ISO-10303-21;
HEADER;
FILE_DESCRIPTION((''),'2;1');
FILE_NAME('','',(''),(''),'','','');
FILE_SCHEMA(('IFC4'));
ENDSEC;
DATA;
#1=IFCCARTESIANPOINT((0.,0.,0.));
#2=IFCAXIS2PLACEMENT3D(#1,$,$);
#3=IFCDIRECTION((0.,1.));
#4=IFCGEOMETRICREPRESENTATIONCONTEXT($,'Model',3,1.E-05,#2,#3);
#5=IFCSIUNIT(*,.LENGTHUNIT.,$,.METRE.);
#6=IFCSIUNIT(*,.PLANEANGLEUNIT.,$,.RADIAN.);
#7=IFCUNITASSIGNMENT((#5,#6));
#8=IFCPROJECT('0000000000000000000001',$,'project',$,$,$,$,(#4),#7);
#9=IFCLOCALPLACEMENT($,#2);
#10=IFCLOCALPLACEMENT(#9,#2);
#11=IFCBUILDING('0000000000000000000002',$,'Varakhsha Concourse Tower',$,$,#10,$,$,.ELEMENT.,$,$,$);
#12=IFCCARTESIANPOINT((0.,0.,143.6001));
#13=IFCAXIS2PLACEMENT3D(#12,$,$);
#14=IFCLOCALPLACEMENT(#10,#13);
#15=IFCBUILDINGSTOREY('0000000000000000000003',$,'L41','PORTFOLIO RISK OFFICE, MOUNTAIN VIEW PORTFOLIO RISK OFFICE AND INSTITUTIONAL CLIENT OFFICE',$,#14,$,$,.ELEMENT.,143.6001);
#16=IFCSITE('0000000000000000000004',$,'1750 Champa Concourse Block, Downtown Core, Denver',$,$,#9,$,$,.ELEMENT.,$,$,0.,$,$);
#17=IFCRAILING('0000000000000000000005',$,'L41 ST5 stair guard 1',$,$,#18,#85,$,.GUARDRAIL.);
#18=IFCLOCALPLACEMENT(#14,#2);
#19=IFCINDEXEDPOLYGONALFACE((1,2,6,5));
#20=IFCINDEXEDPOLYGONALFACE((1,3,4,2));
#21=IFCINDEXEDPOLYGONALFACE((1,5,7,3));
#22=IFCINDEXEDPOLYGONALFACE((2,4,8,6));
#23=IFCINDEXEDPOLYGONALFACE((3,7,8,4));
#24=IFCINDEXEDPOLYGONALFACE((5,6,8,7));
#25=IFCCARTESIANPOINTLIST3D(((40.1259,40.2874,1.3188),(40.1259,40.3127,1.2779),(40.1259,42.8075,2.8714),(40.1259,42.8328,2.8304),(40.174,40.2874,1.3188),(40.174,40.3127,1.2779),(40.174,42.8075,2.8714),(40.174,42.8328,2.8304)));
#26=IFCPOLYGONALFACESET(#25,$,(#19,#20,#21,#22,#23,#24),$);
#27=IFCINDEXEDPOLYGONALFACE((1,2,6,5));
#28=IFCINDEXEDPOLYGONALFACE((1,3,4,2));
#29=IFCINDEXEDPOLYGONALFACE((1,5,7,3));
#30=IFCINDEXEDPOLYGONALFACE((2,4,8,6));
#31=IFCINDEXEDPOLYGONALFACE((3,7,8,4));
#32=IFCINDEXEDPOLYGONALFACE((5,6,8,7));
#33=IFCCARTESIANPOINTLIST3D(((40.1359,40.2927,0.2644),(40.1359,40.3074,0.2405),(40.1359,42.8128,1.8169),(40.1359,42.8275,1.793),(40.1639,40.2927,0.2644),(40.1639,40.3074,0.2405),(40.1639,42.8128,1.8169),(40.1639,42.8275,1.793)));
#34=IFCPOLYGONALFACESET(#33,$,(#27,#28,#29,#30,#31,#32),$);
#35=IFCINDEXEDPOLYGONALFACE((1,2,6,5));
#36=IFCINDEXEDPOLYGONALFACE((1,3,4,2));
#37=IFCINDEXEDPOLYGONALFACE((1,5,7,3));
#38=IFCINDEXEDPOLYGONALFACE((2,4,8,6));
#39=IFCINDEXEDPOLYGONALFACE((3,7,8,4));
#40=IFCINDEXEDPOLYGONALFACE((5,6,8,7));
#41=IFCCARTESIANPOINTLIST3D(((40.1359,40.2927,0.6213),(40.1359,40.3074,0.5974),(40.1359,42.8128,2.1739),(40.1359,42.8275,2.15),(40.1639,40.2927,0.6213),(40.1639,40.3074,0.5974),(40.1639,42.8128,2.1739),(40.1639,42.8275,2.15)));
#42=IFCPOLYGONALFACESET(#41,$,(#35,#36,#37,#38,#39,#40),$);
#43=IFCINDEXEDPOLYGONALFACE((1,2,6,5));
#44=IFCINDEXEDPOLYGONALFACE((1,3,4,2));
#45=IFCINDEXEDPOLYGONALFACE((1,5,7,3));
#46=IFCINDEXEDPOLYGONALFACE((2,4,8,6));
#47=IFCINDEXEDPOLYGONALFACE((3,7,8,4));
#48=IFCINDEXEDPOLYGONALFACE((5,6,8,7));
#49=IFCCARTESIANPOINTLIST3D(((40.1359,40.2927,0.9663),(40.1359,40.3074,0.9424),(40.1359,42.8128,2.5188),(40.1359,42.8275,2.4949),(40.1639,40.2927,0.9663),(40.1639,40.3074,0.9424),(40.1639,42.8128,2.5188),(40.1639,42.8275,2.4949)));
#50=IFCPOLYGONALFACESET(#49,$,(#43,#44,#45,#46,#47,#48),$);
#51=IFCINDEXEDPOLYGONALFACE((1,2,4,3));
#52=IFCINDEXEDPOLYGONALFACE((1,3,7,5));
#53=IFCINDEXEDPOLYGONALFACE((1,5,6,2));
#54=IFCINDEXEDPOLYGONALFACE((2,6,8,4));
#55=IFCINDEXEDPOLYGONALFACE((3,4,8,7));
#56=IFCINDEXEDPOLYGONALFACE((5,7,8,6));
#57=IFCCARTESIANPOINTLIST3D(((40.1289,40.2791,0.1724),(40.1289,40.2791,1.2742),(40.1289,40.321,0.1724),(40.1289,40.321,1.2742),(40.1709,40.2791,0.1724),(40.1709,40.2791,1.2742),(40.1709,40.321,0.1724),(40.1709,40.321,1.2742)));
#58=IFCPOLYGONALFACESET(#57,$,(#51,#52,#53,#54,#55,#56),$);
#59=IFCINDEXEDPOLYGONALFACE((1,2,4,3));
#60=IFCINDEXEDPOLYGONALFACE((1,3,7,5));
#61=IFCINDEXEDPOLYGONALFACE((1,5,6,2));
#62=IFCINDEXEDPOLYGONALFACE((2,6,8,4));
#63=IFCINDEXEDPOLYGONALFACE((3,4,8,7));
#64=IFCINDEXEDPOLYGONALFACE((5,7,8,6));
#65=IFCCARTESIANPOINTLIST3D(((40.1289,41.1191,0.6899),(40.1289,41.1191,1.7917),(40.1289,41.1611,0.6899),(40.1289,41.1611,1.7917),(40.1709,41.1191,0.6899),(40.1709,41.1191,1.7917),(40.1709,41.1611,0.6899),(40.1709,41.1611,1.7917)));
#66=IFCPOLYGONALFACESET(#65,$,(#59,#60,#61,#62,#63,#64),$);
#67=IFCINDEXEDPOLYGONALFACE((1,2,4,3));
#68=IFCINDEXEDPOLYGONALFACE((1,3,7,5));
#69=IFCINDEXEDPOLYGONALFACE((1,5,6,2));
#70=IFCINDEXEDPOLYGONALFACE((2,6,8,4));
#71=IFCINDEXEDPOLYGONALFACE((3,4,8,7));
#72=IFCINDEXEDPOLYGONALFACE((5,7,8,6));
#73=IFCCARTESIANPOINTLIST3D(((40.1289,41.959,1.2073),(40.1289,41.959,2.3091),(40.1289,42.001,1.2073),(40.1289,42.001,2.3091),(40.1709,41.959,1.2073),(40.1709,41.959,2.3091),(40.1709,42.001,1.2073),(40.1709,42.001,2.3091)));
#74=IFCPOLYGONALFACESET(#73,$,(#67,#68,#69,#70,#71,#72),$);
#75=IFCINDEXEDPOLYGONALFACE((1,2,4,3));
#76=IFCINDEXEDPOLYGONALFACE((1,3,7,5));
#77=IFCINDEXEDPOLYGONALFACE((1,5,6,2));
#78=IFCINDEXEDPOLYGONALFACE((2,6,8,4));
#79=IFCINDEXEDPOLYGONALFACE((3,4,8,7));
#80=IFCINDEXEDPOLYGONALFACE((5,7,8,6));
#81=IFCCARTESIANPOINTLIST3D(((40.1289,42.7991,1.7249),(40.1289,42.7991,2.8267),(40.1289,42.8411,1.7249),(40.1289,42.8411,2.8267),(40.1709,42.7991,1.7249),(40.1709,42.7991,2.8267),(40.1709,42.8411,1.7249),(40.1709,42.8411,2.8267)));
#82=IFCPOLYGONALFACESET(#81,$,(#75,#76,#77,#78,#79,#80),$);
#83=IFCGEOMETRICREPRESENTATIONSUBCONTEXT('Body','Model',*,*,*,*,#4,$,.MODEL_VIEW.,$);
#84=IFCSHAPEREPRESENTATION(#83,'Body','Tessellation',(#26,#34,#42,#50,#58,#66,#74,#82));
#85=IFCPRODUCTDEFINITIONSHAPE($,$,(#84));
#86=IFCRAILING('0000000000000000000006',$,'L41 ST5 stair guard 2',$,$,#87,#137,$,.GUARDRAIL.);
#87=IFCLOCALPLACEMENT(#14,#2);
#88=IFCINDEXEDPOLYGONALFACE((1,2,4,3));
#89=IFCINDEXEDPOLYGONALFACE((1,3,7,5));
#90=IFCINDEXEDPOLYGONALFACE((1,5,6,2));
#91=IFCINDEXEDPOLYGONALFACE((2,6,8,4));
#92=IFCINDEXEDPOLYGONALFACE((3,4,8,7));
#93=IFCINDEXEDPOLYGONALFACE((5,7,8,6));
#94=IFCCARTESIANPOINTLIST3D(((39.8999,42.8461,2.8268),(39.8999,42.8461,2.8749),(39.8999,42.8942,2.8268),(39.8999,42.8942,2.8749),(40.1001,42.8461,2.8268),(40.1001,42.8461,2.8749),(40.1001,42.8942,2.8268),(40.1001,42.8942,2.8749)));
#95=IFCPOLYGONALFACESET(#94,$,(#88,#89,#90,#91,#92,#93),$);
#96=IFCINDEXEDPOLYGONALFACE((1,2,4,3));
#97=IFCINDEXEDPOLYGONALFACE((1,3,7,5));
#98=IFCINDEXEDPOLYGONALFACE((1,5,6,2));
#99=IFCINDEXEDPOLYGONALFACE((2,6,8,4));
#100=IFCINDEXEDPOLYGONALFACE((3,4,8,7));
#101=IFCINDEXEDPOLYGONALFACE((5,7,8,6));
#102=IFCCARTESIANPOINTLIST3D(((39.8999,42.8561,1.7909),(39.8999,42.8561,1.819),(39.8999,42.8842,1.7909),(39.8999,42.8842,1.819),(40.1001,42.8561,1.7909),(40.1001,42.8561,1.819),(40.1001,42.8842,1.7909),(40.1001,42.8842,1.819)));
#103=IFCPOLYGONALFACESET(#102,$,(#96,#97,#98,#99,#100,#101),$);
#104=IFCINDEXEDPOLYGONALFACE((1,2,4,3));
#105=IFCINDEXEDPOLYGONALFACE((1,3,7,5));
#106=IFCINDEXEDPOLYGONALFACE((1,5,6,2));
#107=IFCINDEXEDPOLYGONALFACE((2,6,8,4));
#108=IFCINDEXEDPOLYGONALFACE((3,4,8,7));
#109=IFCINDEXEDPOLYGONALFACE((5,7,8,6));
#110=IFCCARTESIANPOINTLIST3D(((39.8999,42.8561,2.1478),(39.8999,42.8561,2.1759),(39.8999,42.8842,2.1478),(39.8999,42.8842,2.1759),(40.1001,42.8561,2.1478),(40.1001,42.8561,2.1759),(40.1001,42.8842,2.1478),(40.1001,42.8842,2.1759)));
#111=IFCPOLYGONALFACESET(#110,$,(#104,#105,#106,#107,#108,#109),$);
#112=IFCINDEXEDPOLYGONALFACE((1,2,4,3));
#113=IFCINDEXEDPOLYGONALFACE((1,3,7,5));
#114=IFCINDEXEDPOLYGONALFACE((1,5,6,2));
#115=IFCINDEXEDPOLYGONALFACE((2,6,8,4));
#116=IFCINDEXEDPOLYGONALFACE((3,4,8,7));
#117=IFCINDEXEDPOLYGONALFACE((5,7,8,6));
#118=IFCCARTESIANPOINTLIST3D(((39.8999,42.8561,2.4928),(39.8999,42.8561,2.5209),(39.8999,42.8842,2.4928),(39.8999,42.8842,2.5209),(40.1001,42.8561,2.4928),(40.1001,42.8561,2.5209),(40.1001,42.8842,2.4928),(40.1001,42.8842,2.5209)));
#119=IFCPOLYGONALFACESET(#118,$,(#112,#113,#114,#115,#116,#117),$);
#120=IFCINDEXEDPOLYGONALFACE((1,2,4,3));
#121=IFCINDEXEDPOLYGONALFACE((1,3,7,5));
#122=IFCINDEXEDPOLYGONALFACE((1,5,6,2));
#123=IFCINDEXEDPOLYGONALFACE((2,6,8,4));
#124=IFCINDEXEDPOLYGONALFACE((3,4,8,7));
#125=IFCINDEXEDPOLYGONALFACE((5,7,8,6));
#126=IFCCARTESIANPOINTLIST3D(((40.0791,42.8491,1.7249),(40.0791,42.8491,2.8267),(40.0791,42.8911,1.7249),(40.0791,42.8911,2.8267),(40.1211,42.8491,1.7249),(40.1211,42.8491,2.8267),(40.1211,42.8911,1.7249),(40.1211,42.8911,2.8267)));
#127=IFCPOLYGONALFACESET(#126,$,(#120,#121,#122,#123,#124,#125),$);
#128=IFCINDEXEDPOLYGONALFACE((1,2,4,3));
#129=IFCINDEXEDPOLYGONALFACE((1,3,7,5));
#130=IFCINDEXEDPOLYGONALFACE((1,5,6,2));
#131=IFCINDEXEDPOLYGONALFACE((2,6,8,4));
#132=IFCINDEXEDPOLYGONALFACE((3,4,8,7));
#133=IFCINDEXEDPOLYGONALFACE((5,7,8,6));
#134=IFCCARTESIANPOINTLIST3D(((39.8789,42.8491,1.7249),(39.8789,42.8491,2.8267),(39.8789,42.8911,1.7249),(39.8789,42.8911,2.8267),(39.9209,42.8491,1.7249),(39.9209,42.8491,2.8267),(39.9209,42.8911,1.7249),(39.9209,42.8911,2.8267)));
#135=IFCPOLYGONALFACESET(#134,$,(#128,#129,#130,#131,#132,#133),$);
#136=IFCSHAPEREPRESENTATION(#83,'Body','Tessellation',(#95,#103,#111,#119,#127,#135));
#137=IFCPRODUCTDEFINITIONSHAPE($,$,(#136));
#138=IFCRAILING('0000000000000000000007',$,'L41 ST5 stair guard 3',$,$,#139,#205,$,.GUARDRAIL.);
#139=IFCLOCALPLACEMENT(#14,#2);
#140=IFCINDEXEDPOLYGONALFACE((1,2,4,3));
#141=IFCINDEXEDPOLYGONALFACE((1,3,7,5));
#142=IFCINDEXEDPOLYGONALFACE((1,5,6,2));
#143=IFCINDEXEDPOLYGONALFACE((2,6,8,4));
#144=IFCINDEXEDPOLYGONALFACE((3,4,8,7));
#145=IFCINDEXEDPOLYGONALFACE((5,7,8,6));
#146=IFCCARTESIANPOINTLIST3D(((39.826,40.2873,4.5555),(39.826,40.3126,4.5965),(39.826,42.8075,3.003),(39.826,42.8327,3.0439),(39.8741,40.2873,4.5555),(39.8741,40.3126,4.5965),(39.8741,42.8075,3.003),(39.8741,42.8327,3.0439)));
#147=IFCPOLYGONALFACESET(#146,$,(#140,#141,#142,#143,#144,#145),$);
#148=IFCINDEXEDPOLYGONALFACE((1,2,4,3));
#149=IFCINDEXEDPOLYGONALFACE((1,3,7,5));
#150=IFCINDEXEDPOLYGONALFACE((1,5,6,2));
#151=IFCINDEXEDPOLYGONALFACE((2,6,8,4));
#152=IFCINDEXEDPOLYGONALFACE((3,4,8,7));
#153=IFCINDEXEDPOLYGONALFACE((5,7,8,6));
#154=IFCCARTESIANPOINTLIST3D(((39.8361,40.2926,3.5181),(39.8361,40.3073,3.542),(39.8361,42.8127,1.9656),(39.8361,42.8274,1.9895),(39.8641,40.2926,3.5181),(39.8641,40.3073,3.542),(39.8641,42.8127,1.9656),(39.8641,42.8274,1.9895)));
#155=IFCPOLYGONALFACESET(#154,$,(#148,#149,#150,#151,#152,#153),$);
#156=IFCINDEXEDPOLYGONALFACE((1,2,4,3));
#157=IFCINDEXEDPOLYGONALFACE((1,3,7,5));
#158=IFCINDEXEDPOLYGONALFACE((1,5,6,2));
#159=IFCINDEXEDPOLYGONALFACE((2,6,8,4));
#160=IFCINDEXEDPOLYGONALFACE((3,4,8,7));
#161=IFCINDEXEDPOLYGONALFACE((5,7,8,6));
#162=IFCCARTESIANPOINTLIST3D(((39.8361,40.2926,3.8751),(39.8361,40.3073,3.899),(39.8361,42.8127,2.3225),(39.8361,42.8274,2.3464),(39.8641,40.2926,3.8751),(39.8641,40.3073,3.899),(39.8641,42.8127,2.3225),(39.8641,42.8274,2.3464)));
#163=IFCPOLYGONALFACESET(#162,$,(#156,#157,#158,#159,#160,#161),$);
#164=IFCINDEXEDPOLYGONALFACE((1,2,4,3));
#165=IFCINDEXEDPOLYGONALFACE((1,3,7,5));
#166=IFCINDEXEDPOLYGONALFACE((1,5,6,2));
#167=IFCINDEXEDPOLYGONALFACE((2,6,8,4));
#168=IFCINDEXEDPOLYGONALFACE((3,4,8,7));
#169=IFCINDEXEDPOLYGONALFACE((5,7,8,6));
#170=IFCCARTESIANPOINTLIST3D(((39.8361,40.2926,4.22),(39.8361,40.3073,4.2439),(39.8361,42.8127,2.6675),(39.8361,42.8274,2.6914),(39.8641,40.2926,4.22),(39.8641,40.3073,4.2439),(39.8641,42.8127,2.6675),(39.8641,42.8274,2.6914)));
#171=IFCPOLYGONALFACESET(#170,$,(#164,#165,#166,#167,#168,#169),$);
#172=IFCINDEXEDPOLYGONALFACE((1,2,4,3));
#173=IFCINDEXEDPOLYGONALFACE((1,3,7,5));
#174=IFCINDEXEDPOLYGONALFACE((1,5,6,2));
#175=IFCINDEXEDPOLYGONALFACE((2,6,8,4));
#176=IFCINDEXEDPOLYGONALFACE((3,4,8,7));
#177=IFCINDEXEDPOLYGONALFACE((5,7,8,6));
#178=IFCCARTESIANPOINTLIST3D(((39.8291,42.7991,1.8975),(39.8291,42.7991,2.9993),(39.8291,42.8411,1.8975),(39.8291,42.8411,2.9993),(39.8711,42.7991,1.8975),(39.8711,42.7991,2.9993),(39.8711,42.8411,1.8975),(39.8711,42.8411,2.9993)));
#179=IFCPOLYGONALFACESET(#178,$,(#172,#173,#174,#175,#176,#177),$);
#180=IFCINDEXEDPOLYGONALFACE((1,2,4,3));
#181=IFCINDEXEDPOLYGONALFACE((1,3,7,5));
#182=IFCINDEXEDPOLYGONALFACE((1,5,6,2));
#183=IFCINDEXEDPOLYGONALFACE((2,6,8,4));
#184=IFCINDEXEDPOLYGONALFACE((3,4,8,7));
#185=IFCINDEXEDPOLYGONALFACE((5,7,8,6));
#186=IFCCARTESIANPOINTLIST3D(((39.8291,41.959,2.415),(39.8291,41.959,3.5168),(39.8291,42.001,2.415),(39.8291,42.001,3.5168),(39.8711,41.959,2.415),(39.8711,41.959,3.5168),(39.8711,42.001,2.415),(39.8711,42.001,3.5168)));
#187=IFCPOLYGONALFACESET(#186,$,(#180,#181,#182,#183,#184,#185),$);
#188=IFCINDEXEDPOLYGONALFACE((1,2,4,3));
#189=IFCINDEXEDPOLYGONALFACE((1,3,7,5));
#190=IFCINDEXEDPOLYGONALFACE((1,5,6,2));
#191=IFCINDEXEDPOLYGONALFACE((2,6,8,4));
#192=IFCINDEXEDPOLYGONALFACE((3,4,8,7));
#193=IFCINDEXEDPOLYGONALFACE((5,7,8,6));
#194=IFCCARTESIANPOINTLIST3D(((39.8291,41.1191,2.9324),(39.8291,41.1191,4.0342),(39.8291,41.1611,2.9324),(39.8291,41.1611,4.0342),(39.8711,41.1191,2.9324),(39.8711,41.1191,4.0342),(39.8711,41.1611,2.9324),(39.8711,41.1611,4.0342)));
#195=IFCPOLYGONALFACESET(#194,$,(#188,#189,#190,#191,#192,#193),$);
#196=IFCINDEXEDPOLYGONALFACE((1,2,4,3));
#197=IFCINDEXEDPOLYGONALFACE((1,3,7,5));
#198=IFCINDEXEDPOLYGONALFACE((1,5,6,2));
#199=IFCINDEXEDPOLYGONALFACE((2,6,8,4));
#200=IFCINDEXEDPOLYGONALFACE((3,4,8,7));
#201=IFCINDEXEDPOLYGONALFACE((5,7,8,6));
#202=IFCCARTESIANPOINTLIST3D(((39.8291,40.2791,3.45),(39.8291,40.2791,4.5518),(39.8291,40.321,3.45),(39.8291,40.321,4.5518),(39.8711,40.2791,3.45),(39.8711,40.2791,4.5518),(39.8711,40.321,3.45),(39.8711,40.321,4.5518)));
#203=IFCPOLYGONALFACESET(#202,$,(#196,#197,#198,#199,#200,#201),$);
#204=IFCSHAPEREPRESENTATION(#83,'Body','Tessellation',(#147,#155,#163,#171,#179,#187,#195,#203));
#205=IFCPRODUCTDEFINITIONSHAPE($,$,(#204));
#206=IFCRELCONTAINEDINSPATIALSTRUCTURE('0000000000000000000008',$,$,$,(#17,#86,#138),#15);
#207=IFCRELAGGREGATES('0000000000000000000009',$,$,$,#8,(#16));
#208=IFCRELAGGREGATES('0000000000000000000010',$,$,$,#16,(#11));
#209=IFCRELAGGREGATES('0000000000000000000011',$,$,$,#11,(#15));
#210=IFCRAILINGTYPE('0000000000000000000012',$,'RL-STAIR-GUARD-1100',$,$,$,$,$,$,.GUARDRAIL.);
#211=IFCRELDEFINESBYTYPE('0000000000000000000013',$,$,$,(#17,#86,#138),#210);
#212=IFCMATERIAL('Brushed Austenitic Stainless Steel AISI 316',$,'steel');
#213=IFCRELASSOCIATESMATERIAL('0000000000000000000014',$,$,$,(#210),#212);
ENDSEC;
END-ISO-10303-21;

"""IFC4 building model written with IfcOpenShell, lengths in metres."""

from ifc_helpers import new_model, si_unit, direction, frame, origin, origin_2d, place, context, subcontext, project, spatial, rectangle, extrude, material, type_object, element, save


model = new_model("IFC4")

# Units and contexts
model_context = context("Model", 3, precision=1e-05, world=origin(), true_north=direction((0.0, 1.0)))
body_context = subcontext(model_context, "Body", "Model", "MODEL_VIEW")
ifc_project = project(units=[si_unit("LENGTHUNIT", "METRE"), si_unit("PLANEANGLEUNIT", "RADIAN")], contexts=[model_context])

# Site, building, storey
site_placement = place(None, origin())
site = spatial("IfcSite", under=ifc_project, at=site_placement, Name="1750 Champa Concourse Block, Downtown Core, Denver", CompositionType="ELEMENT", RefElevation=0.0)
building_placement = place(site_placement, origin())
building = spatial("IfcBuilding", under=site, at=building_placement, Name="Varakhsha Concourse Tower", CompositionType="ELEMENT")
storey_placement = place(building_placement, frame((0.0, 0.0, 143.6001)))
storey = spatial("IfcBuildingStorey", under=building, at=storey_placement, Name="L41", Description="PORTFOLIO RISK OFFICE, MOUNTAIN VIEW PORTFOLIO RISK OFFICE AND INSTITUTIONAL CLIENT OFFICE", CompositionType="ELEMENT", Elevation=143.6001)

# Railings
ifc_material_1 = material(Name="Brushed Austenitic Stainless Steel AISI 316", Category="steel")
railing_type_1 = type_object("IfcRailingType", Name="RL-STAIR-GUARD-1100", PredefinedType="GUARDRAIL", material=ifc_material_1)
railing_1_placement = place(storey_placement, frame((40.1499, 40.3, 0.1724)))
element("IfcRailing", 1, at=railing_1_placement, inside=storey, type_object=railing_type_1, Name="L41 ST5 stair guard 1", PredefinedType="GUARDRAIL", context=body_context, shape_type="SweptSolid", body=[
    extrude(rectangle(XDim=0.0481, YDim=0.0481, at=origin_2d()), frame((0.0, 0.0, 1.126), z_axis=(0.0, 0.8514, 0.524516), x_axis=(-1.0, 0.0, 0.0)), (0.0, 0.0, 1.0), 2.96),
    extrude(rectangle(XDim=0.0281, YDim=0.0281, at=origin_2d()), frame((0.0, 0.0, 0.0801), z_axis=(0.0, 0.8514, 0.524516), x_axis=(-1.0, 0.0, 0.0)), (0.0, 0.0, 1.0), 2.96),
    extrude(rectangle(XDim=0.0281, YDim=0.0281, at=origin_2d()), frame((0.0, 0.0, 0.437), z_axis=(0.0, 0.8514, 0.524516), x_axis=(-1.0, 0.0, 0.0)), (0.0, 0.0, 1.0), 2.96),
    extrude(rectangle(XDim=0.0281, YDim=0.0281, at=origin_2d()), frame((0.0, 0.0, 0.782), z_axis=(0.0, 0.8514, 0.524516), x_axis=(-1.0, 0.0, 0.0)), (0.0, 0.0, 1.0), 2.96),
    extrude(rectangle(XDim=0.042, YDim=0.042, at=origin_2d()), origin(), (0.0, 0.0, 1.0), 1.1018),
    extrude(rectangle(XDim=0.042, YDim=0.042, at=origin_2d()), frame((0.0, 0.8401, 0.5176)), (0.0, 0.0, 1.0), 1.1018),
    extrude(rectangle(XDim=0.042, YDim=0.042, at=origin_2d()), frame((0.0, 1.6799, 1.0349)), (0.0, 0.0, 1.0), 1.1018),
    extrude(rectangle(XDim=0.042, YDim=0.042, at=origin_2d()), frame((0.0, 2.52, 1.5525)), (0.0, 0.0, 1.0), 1.1018),
])
railing_2_placement = place(storey_placement, frame((40.1001, 42.8701, 1.7249)))
element("IfcRailing", 2, at=railing_2_placement, inside=storey, type_object=railing_type_1, Name="L41 ST5 stair guard 2", PredefinedType="GUARDRAIL", context=body_context, shape_type="SweptSolid", body=[
    extrude(rectangle(XDim=0.0481, YDim=0.0481, at=origin_2d()), frame((0.0, 0.0, 1.126), z_axis=(-1.0, 0.0, 0.0), x_axis=(0.0, -1.0, 0.0)), (0.0, 0.0, 1.0), 0.2002),
    extrude(rectangle(XDim=0.0281, YDim=0.0281, at=origin_2d()), frame((0.0, 0.0, 0.0801), z_axis=(-1.0, 0.0, 0.0), x_axis=(0.0, -1.0, 0.0)), (0.0, 0.0, 1.0), 0.2002),
    extrude(rectangle(XDim=0.0281, YDim=0.0281, at=origin_2d()), frame((0.0, 0.0, 0.437), z_axis=(-1.0, 0.0, 0.0), x_axis=(0.0, -1.0, 0.0)), (0.0, 0.0, 1.0), 0.2002),
    extrude(rectangle(XDim=0.0281, YDim=0.0281, at=origin_2d()), frame((0.0, 0.0, 0.782), z_axis=(-1.0, 0.0, 0.0), x_axis=(0.0, -1.0, 0.0)), (0.0, 0.0, 1.0), 0.2002),
    extrude(rectangle(XDim=0.042, YDim=0.042, at=origin_2d()), origin(), (0.0, 0.0, 1.0), 1.1018),
    extrude(rectangle(XDim=0.042, YDim=0.042, at=origin_2d()), frame((-0.2002, 0.0, 0.0)), (0.0, 0.0, 1.0), 1.1018),
])
railing_3_placement = place(storey_placement, frame((39.8501, 42.8201, 1.8975)))
element("IfcRailing", 3, at=railing_3_placement, inside=storey, type_object=railing_type_1, Name="L41 ST5 stair guard 3", PredefinedType="GUARDRAIL", context=body_context, shape_type="SweptSolid", body=[
    extrude(rectangle(XDim=0.0481, YDim=0.0481, at=origin_2d()), frame((0.0, 0.0, 1.126), z_axis=(0.0, -0.8514, 0.524516), x_axis=(1.0, 0.0, 0.0)), (0.0, 0.0, 1.0), 2.96),
    extrude(rectangle(XDim=0.0281, YDim=0.0281, at=origin_2d()), frame((0.0, 0.0, 0.0801), z_axis=(0.0, -0.8514, 0.524516), x_axis=(1.0, 0.0, 0.0)), (0.0, 0.0, 1.0), 2.96),
    extrude(rectangle(XDim=0.0281, YDim=0.0281, at=origin_2d()), frame((0.0, 0.0, 0.437), z_axis=(0.0, -0.8514, 0.524516), x_axis=(1.0, 0.0, 0.0)), (0.0, 0.0, 1.0), 2.96),
    extrude(rectangle(XDim=0.0281, YDim=0.0281, at=origin_2d()), frame((0.0, 0.0, 0.782), z_axis=(0.0, -0.8514, 0.524516), x_axis=(1.0, 0.0, 0.0)), (0.0, 0.0, 1.0), 2.96),
    extrude(rectangle(XDim=0.042, YDim=0.042, at=origin_2d()), origin(), (0.0, 0.0, 1.0), 1.1018),
    extrude(rectangle(XDim=0.042, YDim=0.042, at=origin_2d()), frame((0.0, -0.8401, 0.5176)), (0.0, 0.0, 1.0), 1.1018),
    extrude(rectangle(XDim=0.042, YDim=0.042, at=origin_2d()), frame((0.0, -1.6799, 1.0349)), (0.0, 0.0, 1.0), 1.1018),
    extrude(rectangle(XDim=0.042, YDim=0.042, at=origin_2d()), frame((0.0, -2.52, 1.5525)), (0.0, 0.0, 1.0), 1.1018),
])

save(model, "model.ifc")
